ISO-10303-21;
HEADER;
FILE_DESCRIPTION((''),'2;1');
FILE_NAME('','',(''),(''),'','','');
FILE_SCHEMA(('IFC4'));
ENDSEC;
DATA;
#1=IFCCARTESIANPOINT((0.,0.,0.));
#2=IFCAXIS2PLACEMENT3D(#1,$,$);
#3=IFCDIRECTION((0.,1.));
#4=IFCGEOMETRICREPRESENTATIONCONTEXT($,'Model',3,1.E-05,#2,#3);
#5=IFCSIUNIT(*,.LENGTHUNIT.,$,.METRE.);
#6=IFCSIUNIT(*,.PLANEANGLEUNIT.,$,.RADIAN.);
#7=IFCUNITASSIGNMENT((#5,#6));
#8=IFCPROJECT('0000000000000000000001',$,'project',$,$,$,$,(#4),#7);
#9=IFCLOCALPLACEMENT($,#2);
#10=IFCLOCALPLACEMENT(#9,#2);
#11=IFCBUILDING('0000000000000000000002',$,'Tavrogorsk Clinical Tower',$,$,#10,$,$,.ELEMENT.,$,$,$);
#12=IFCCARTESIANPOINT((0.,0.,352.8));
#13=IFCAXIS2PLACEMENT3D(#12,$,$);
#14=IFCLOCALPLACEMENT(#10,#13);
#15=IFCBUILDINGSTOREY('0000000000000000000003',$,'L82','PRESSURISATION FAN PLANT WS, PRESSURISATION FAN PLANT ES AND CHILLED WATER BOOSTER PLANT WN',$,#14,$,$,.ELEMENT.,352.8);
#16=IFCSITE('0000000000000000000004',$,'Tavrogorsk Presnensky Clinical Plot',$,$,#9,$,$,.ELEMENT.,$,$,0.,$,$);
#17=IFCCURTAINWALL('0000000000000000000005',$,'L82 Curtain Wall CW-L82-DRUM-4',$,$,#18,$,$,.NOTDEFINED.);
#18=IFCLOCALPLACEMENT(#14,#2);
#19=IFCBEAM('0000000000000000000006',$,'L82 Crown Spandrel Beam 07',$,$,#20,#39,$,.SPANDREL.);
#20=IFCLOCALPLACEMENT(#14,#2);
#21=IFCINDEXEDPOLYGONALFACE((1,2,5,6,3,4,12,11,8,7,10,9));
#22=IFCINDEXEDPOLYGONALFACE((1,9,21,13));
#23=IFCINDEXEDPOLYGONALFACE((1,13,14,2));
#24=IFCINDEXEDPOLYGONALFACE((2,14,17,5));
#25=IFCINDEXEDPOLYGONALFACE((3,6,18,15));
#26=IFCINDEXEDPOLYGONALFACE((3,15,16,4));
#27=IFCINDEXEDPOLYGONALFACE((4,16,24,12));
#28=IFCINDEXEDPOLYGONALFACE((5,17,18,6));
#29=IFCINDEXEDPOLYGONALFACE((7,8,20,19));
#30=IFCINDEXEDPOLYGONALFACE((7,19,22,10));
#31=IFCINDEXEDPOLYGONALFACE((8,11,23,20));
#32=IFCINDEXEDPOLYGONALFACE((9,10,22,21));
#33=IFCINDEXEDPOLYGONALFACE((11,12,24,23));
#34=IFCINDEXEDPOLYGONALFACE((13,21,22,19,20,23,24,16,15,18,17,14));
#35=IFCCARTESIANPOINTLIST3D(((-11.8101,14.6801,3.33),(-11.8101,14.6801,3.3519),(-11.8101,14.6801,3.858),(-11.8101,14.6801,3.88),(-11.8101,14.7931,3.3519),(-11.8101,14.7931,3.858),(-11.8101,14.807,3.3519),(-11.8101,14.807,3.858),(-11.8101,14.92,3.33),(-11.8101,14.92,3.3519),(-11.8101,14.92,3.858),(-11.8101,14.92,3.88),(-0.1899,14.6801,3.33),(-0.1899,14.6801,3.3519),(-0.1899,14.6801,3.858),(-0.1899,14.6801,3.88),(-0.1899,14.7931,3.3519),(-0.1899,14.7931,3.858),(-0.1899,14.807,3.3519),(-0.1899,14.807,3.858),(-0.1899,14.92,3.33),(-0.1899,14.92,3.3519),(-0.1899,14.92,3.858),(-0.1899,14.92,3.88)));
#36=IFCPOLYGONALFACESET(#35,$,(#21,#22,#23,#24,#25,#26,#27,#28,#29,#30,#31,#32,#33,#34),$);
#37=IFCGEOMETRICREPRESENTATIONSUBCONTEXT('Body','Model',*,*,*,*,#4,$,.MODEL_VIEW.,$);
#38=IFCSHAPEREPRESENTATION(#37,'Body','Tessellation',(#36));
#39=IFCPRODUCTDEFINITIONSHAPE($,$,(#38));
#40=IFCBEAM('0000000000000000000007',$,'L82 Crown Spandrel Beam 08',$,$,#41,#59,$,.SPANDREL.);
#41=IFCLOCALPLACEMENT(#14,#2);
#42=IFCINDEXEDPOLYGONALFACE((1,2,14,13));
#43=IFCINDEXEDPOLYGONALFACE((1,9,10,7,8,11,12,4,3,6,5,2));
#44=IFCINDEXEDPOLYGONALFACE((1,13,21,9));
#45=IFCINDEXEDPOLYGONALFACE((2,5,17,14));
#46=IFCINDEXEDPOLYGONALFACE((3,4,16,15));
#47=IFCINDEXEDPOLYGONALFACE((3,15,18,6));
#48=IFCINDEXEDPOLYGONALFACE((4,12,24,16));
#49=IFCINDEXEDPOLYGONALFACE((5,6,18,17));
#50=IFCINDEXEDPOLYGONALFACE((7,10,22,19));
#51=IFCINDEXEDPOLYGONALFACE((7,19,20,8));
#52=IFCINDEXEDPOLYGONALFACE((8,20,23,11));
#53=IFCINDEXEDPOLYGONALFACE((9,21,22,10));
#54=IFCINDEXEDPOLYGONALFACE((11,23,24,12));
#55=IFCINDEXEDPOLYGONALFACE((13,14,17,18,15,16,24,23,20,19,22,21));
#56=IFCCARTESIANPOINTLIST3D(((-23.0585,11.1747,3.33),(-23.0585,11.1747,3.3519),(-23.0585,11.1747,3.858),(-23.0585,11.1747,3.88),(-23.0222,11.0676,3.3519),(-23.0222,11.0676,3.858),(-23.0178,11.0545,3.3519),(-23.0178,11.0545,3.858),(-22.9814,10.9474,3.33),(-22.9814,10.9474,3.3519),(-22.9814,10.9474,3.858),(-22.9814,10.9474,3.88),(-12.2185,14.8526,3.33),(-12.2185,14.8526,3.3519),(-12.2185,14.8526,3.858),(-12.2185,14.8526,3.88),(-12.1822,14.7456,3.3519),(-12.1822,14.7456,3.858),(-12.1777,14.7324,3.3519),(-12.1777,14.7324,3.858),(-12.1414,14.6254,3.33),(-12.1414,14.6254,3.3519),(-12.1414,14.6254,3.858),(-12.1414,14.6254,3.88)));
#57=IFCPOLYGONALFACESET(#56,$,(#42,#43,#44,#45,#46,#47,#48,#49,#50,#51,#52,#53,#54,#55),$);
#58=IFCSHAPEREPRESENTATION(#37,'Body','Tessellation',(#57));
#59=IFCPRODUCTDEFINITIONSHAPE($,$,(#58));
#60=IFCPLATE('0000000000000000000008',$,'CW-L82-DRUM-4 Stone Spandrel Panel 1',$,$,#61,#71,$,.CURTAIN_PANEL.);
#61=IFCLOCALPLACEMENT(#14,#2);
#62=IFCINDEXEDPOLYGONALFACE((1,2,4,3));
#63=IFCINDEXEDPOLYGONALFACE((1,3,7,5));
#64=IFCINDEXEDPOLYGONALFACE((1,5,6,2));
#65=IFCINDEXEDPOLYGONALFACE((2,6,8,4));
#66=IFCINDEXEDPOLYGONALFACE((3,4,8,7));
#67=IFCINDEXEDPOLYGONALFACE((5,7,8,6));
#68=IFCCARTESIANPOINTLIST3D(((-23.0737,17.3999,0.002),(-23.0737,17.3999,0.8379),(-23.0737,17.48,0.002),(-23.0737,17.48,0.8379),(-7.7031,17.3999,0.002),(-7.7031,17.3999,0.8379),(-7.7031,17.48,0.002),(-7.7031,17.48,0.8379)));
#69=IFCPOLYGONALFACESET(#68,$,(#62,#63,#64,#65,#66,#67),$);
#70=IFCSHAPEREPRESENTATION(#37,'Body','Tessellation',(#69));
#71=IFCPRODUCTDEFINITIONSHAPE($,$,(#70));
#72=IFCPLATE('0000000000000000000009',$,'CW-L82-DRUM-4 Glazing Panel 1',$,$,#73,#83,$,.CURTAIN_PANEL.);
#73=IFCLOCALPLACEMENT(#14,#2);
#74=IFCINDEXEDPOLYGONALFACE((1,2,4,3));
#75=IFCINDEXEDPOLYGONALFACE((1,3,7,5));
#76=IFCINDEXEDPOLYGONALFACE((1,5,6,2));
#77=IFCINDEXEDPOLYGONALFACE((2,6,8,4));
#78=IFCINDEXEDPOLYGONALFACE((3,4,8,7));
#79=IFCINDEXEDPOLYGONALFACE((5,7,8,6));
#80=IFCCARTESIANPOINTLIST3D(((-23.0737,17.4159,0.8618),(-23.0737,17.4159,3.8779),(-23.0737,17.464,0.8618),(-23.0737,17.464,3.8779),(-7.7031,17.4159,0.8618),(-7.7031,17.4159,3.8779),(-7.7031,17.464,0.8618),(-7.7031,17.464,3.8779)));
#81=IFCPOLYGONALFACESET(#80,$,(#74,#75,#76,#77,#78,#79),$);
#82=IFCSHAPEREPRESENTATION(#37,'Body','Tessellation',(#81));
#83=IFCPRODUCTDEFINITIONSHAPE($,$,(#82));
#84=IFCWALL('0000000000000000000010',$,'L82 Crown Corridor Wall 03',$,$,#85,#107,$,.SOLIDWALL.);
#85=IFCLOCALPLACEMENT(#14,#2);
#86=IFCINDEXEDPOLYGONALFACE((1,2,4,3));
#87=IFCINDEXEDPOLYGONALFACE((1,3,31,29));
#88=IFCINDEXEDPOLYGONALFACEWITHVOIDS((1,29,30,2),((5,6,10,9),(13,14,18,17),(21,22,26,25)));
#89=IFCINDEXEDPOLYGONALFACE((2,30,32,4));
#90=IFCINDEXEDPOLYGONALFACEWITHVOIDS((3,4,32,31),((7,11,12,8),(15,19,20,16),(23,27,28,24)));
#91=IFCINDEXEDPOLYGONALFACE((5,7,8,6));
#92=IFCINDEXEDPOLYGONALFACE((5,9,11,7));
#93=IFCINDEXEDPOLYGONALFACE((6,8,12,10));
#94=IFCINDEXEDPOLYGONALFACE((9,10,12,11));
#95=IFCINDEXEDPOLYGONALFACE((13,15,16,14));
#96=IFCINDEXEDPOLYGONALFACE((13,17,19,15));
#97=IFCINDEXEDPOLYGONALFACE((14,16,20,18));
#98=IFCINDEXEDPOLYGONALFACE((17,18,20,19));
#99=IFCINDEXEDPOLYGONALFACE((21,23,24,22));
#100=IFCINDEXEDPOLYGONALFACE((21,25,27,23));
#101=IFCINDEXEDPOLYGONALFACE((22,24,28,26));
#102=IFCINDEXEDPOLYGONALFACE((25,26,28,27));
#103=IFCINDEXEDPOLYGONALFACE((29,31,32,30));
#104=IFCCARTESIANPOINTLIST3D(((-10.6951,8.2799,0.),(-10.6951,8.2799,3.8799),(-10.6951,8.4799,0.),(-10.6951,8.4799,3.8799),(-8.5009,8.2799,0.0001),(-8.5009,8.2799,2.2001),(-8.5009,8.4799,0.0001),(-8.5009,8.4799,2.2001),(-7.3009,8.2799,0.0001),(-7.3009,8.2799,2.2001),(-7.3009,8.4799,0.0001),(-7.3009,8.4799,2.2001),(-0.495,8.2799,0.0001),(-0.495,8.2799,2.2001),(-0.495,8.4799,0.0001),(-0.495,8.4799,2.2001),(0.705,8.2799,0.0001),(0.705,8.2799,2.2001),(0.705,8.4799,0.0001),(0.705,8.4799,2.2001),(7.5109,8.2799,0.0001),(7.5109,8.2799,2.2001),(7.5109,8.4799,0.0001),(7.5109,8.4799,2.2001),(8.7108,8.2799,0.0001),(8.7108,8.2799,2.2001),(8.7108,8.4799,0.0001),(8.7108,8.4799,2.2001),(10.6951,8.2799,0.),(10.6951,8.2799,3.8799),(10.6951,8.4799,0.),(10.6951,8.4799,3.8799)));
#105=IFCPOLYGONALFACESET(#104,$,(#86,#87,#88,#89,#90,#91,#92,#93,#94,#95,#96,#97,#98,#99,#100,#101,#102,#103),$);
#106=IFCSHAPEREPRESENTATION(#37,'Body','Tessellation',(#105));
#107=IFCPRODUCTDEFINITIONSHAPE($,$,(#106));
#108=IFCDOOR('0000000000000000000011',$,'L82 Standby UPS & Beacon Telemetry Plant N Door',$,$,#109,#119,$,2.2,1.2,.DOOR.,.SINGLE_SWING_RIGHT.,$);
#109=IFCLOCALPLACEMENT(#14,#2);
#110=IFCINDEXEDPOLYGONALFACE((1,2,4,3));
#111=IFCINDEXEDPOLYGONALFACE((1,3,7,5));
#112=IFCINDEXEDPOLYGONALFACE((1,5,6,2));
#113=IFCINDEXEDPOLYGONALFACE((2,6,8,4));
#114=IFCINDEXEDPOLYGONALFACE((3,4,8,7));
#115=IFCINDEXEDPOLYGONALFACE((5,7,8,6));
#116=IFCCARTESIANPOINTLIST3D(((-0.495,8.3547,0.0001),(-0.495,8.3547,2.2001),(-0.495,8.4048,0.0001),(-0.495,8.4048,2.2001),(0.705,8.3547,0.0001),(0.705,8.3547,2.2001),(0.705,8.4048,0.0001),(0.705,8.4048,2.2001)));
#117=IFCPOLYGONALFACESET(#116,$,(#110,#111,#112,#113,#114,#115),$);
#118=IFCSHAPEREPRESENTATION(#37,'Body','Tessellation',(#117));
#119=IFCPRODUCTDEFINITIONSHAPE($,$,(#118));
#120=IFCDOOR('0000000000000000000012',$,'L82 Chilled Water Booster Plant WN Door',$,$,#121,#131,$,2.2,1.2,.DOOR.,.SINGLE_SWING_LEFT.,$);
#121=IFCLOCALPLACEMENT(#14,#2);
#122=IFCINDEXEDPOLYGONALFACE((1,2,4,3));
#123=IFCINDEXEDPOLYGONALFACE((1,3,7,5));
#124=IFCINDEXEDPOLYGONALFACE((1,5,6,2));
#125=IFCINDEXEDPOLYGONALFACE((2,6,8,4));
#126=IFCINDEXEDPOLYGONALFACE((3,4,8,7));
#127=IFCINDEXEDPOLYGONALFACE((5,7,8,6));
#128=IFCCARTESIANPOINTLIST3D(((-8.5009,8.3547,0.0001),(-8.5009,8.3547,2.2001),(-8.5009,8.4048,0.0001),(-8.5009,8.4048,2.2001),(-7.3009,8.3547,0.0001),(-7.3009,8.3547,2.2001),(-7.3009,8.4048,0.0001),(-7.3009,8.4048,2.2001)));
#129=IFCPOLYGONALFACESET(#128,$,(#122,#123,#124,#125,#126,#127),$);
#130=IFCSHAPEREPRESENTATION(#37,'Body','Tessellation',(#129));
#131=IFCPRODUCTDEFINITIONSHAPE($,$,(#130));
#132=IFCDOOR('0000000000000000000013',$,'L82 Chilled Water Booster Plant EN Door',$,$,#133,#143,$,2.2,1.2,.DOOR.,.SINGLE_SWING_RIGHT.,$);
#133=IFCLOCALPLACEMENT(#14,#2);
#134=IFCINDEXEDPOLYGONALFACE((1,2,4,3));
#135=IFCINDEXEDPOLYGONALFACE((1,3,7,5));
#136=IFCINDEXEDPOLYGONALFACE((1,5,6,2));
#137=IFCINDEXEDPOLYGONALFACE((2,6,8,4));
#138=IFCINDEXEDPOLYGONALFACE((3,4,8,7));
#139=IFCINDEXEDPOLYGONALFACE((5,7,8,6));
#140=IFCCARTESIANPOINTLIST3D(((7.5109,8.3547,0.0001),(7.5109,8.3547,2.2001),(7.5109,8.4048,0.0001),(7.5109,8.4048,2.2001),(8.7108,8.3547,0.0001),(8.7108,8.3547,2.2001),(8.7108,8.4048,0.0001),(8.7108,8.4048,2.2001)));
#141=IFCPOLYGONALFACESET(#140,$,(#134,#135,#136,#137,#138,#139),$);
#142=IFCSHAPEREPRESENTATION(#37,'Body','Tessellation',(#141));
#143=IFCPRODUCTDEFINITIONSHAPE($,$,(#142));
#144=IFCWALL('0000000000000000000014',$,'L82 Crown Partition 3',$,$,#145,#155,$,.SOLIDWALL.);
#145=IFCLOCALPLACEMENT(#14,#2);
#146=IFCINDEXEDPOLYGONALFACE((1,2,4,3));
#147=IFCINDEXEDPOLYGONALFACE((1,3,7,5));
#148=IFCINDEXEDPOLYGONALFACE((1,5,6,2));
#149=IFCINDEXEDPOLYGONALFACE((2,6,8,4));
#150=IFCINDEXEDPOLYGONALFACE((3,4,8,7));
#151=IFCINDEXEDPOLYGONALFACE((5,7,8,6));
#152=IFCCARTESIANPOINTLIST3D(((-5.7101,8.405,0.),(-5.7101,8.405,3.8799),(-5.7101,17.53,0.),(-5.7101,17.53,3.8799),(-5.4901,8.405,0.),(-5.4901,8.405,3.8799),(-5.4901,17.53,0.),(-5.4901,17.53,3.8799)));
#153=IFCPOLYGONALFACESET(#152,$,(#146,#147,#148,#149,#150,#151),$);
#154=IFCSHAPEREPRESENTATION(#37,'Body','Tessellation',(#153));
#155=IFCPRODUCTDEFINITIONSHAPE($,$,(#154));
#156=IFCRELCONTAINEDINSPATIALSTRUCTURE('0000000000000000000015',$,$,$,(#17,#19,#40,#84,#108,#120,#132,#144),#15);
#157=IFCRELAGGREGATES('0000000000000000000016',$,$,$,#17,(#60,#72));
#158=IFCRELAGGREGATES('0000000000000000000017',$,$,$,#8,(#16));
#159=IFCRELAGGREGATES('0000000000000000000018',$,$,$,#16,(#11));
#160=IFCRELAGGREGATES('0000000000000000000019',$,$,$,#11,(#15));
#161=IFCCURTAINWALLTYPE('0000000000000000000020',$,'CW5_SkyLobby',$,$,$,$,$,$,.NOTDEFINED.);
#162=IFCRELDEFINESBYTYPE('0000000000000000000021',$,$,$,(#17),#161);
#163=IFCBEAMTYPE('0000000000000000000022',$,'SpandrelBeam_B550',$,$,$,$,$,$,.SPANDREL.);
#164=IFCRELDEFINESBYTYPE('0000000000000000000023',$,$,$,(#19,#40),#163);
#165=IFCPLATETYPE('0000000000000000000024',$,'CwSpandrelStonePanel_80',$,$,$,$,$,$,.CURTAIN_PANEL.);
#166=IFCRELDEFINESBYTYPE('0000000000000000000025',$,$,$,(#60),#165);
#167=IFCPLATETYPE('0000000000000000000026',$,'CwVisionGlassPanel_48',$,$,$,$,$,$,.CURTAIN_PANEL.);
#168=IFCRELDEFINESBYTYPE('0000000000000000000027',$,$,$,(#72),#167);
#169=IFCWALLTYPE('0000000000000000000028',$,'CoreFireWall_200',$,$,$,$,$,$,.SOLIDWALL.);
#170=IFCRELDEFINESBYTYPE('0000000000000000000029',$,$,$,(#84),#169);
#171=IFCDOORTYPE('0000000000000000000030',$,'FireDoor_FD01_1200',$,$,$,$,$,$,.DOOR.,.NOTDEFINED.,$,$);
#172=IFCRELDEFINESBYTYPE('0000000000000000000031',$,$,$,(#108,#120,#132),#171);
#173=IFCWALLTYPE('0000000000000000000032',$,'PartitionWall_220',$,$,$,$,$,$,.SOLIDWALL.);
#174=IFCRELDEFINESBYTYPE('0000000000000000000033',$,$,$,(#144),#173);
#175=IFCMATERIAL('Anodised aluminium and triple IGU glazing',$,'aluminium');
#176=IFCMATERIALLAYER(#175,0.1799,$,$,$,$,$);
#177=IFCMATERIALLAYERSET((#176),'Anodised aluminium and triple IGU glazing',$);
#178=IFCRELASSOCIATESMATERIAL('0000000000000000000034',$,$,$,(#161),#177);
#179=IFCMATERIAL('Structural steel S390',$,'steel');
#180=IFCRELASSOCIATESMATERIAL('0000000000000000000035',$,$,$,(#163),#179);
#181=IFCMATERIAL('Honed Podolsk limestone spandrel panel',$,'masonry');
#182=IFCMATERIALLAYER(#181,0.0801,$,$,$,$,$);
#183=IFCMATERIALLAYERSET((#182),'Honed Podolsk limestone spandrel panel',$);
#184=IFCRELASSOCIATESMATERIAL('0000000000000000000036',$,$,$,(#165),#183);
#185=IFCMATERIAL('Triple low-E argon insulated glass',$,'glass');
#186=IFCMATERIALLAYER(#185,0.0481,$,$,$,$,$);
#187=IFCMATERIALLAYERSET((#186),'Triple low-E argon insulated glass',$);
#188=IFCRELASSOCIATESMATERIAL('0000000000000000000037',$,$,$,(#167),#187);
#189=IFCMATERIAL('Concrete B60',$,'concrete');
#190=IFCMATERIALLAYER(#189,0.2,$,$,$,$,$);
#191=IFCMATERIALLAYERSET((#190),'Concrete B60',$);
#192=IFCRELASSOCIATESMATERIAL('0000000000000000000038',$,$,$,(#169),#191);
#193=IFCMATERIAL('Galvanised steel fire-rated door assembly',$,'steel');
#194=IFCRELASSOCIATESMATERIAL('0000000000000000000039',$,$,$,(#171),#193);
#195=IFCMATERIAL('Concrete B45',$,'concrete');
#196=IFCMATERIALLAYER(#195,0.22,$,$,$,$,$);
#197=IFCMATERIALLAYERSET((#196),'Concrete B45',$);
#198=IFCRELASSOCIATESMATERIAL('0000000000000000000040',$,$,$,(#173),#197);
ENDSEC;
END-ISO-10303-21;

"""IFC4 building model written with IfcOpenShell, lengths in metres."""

from ifc_helpers import new_model, si_unit, direction, frame, frame_2d, origin, origin_2d, place, context, subcontext, project, spatial, rectangle, i_section, extrude, material, layer, layer_set, material_profile, profile_set, type_object, element, fill, aggregate, save


model = new_model("IFC4")

# Units and contexts
model_context = context("Model", 3, precision=1e-05, world=origin(), true_north=direction((0.0, 1.0)))
body_context = subcontext(model_context, "Body", "Model", "MODEL_VIEW")
ifc_project = project(units=[si_unit("LENGTHUNIT", "METRE"), si_unit("PLANEANGLEUNIT", "RADIAN")], contexts=[model_context])

# Site, building, storey
site_placement = place(None, origin())
site = spatial("IfcSite", under=ifc_project, at=site_placement, Name="Tavrogorsk Presnensky Clinical Plot", CompositionType="ELEMENT", RefElevation=0.0)
building_placement = place(site_placement, origin())
building = spatial("IfcBuilding", under=site, at=building_placement, Name="Tavrogorsk Clinical Tower", CompositionType="ELEMENT")
storey_placement = place(building_placement, frame((0.0, 0.0, 352.8)))
storey = spatial("IfcBuildingStorey", under=building, at=storey_placement, Name="L82", Description="PRESSURISATION FAN PLANT WS, PRESSURISATION FAN PLANT ES AND CHILLED WATER BOOSTER PLANT WN", CompositionType="ELEMENT", Elevation=352.8)

# Curtain wall
ifc_material_1 = material(Name="Anodised aluminium and triple IGU glazing", Category="aluminium")
ifc_layer_1 = layer(ifc_material_1, 0.1799)
ifc_layer_set_1 = layer_set([ifc_layer_1], Name="Anodised aluminium and triple IGU glazing")
curtain_wall_type = type_object("IfcCurtainWallType", Name="CW5_SkyLobby", PredefinedType="NOTDEFINED", material=ifc_layer_set_1)
curtain_wall_placement = place(storey_placement, origin())
curtain_wall = element("IfcCurtainWall", 1, at=curtain_wall_placement, inside=storey, type_object=curtain_wall_type, Name="L82 Curtain Wall CW-L82-DRUM-4", PredefinedType="NOTDEFINED")

# Beams
ifc_material_2 = material(Name="Structural steel S390", Category="steel")
ifc_material_profile_1 = material_profile(ifc_material_2, i_section(OverallWidth=0.24, OverallDepth=0.55, WebThickness=0.0139, FlangeThickness=0.022, at=origin_2d()), Name="B-550x240x14x22")
ifc_profile_set_1 = profile_set([ifc_material_profile_1], Name="Structural steel S390")
beam_type_1 = type_object("IfcBeamType", Name="SpandrelBeam_B550", PredefinedType="SPANDREL", material=ifc_profile_set_1)
beam_1_placement = place(storey_placement, frame((-0.1899, 14.8, 3.605), z_axis=(-1.0, 0.0, 0.0), x_axis=(0.0, -1.0, 0.0)))
element("IfcBeam", 2, at=beam_1_placement, inside=storey, type_object=beam_type_1, Name="L82 Crown Spandrel Beam 07", PredefinedType="SPANDREL", context=body_context, shape_type="SweptSolid", body=[
    extrude(i_section(OverallWidth=0.24, OverallDepth=0.55, WebThickness=0.0139, FlangeThickness=0.022, at=origin_2d()), origin(), (0.0, 0.0, 1.0), 11.6201),
])
beam_2_placement = place(storey_placement, frame((-12.1799, 14.739, 3.605), z_axis=(-0.946976, -0.321304, 0.0), x_axis=(0.321304, -0.946976, 0.0)))
element("IfcBeam", 3, at=beam_2_placement, inside=storey, type_object=beam_type_1, Name="L82 Crown Spandrel Beam 08", PredefinedType="SPANDREL", context=body_context, shape_type="SweptSolid", body=[
    extrude(i_section(OverallWidth=0.24, OverallDepth=0.55, WebThickness=0.0139, FlangeThickness=0.022, at=origin_2d()), origin(), (0.0, 0.0, 1.0), 11.447),
])

# Plates
ifc_material_3 = material(Name="Honed Podolsk limestone spandrel panel", Category="masonry")
ifc_layer_2 = layer(ifc_material_3, 0.0801)
ifc_layer_set_2 = layer_set([ifc_layer_2], Name="Honed Podolsk limestone spandrel panel")
plate_type_1 = type_object("IfcPlateType", Name="CwSpandrelStonePanel_80", PredefinedType="CURTAIN_PANEL", material=ifc_layer_set_2)
plate_1_placement = place(storey_placement, frame((-15.3884, 17.4399, 0.002), z_axis=(0.0, 0.0, 1.0), x_axis=(1.0, 0.0, 0.0)))
plate_1 = element("IfcPlate", 4, at=plate_1_placement, type_object=plate_type_1, Name="CW-L82-DRUM-4 Stone Spandrel Panel 1", PredefinedType="CURTAIN_PANEL", context=body_context, shape_type="SweptSolid", body=[
    extrude(rectangle(XDim=15.3706, YDim=0.0801, at=origin_2d()), origin(), (0.0, 0.0, 1.0), 0.8359),
])
ifc_material_4 = material(Name="Triple low-E argon insulated glass", Category="glass")
ifc_layer_3 = layer(ifc_material_4, 0.0481)
ifc_layer_set_3 = layer_set([ifc_layer_3], Name="Triple low-E argon insulated glass")
plate_type_2 = type_object("IfcPlateType", Name="CwVisionGlassPanel_48", PredefinedType="CURTAIN_PANEL", material=ifc_layer_set_3)
plate_2_placement = place(storey_placement, frame((-15.3884, 17.4399, 0.8618), z_axis=(0.0, 0.0, 1.0), x_axis=(1.0, 0.0, 0.0)))
plate_2 = element("IfcPlate", 5, at=plate_2_placement, type_object=plate_type_2, Name="CW-L82-DRUM-4 Glazing Panel 1", PredefinedType="CURTAIN_PANEL", context=body_context, shape_type="SweptSolid", body=[
    extrude(rectangle(XDim=15.3706, YDim=0.0481, at=origin_2d()), origin(), (0.0, 0.0, 1.0), 3.0161),
])
aggregate(curtain_wall, [plate_1, plate_2])

# Wall, openings, doors
ifc_material_5 = material(Name="Concrete B60", Category="concrete")
ifc_layer_4 = layer(ifc_material_5, 0.2)
ifc_layer_set_4 = layer_set([ifc_layer_4], Name="Concrete B60")
wall_type_1 = type_object("IfcWallType", Name="CoreFireWall_200", PredefinedType="SOLIDWALL", material=ifc_layer_set_4)
wall_1_placement = place(storey_placement, frame((-10.6951, 8.3799, 0.0), z_axis=(0.0, 0.0, 1.0), x_axis=(1.0, 0.0, 0.0)))
wall_1 = element("IfcWall", 6, at=wall_1_placement, inside=storey, type_object=wall_type_1, Name="L82 Crown Corridor Wall 03", PredefinedType="SOLIDWALL", context=body_context, shape_type="SweptSolid", body=[
    extrude(rectangle(XDim=21.3901, YDim=0.2, at=frame_2d((10.6951, 0.0))), origin(), (0.0, 0.0, 1.0), 3.8799),
])
opening_1_placement = place(wall_1_placement, frame((10.2, 0.0, 0.0)))
opening_1 = element("IfcOpeningElement", 7, at=opening_1_placement, cuts=wall_1, PredefinedType="OPENING", context=body_context, shape_type="SweptSolid", body=[
    extrude(rectangle(XDim=1.2, YDim=2.2, at=frame_2d((0.6001, 1.1001))), frame((0.0, 0.1099, 0.0), z_axis=(0.0, -1.0, 0.0), x_axis=(1.0, 0.0, 0.0)), (0.0, 0.0, 1.0), 0.22),
])
opening_2_placement = place(wall_1_placement, frame((2.1941, 0.0, 0.0)))
opening_2 = element("IfcOpeningElement", 8, at=opening_2_placement, cuts=wall_1, PredefinedType="OPENING", context=body_context, shape_type="SweptSolid", body=[
    extrude(rectangle(XDim=1.2, YDim=2.2, at=frame_2d((0.6001, 1.1001))), frame((0.0, 0.1099, 0.0), z_axis=(0.0, -1.0, 0.0), x_axis=(1.0, 0.0, 0.0)), (0.0, 0.0, 1.0), 0.22),
])
opening_3_placement = place(wall_1_placement, frame((18.2058, 0.0, 0.0)))
opening_3 = element("IfcOpeningElement", 9, at=opening_3_placement, cuts=wall_1, PredefinedType="OPENING", context=body_context, shape_type="SweptSolid", body=[
    extrude(rectangle(XDim=1.2, YDim=2.2, at=frame_2d((0.6001, 1.1001))), frame((0.0, 0.1099, 0.0), z_axis=(0.0, -1.0, 0.0), x_axis=(1.0, 0.0, 0.0)), (0.0, 0.0, 1.0), 0.22),
])
ifc_material_6 = material(Name="Galvanised steel fire-rated door assembly", Category="steel")
door_type = type_object("IfcDoorType", Name="FireDoor_FD01_1200", OperationType="NOTDEFINED", PredefinedType="DOOR", material=ifc_material_6)
door_1_placement = place(opening_1_placement, origin())
door_1 = element("IfcDoor", 10, at=door_1_placement, inside=storey, type_object=door_type, Name="L82 Standby UPS & Beacon Telemetry Plant N Door", OperationType="SINGLE_SWING_RIGHT", OverallHeight=2.2, OverallWidth=1.2, PredefinedType="DOOR", context=body_context, shape_type="SweptSolid", body=[
    extrude(rectangle(XDim=1.2, YDim=2.2, at=frame_2d((0.6001, 1.1001))), frame((0.0, 0.0249, 0.0), z_axis=(0.0, -1.0, 0.0), x_axis=(1.0, 0.0, 0.0)), (0.0, 0.0, 1.0), 0.05),
])
fill(opening_1, door_1)
door_2_placement = place(opening_2_placement, origin())
door_2 = element("IfcDoor", 11, at=door_2_placement, inside=storey, type_object=door_type, Name="L82 Chilled Water Booster Plant WN Door", OperationType="SINGLE_SWING_LEFT", OverallHeight=2.2, OverallWidth=1.2, PredefinedType="DOOR", context=body_context, shape_type="SweptSolid", body=[
    extrude(rectangle(XDim=1.2, YDim=2.2, at=frame_2d((0.6001, 1.1001))), frame((0.0, 0.0249, 0.0), z_axis=(0.0, -1.0, 0.0), x_axis=(1.0, 0.0, 0.0)), (0.0, 0.0, 1.0), 0.05),
])
fill(opening_2, door_2)
door_3_placement = place(opening_3_placement, origin())
door_3 = element("IfcDoor", 12, at=door_3_placement, inside=storey, type_object=door_type, Name="L82 Chilled Water Booster Plant EN Door", OperationType="SINGLE_SWING_RIGHT", OverallHeight=2.2, OverallWidth=1.2, PredefinedType="DOOR", context=body_context, shape_type="SweptSolid", body=[
    extrude(rectangle(XDim=1.2, YDim=2.2, at=frame_2d((0.6001, 1.1001))), frame((0.0, 0.0249, 0.0), z_axis=(0.0, -1.0, 0.0), x_axis=(1.0, 0.0, 0.0)), (0.0, 0.0, 1.0), 0.05),
])
fill(opening_3, door_3)

# Wall
ifc_material_7 = material(Name="Concrete B45", Category="concrete")
ifc_layer_5 = layer(ifc_material_7, 0.22)
ifc_layer_set_5 = layer_set([ifc_layer_5], Name="Concrete B45")
wall_type_2 = type_object("IfcWallType", Name="PartitionWall_220", PredefinedType="SOLIDWALL", material=ifc_layer_set_5)
wall_2_placement = place(storey_placement, frame((-5.6001, 8.405, 0.0), z_axis=(0.0, 0.0, 1.0), x_axis=(0.0, 1.0, 0.0)))
element("IfcWall", 13, at=wall_2_placement, inside=storey, type_object=wall_type_2, Name="L82 Crown Partition 3", PredefinedType="SOLIDWALL", context=body_context, shape_type="SweptSolid", body=[
    extrude(rectangle(XDim=9.125, YDim=0.22, at=frame_2d((4.5625, 0.0))), origin(), (0.0, 0.0, 1.0), 3.8799),
])

save(model, "model.ifc")
